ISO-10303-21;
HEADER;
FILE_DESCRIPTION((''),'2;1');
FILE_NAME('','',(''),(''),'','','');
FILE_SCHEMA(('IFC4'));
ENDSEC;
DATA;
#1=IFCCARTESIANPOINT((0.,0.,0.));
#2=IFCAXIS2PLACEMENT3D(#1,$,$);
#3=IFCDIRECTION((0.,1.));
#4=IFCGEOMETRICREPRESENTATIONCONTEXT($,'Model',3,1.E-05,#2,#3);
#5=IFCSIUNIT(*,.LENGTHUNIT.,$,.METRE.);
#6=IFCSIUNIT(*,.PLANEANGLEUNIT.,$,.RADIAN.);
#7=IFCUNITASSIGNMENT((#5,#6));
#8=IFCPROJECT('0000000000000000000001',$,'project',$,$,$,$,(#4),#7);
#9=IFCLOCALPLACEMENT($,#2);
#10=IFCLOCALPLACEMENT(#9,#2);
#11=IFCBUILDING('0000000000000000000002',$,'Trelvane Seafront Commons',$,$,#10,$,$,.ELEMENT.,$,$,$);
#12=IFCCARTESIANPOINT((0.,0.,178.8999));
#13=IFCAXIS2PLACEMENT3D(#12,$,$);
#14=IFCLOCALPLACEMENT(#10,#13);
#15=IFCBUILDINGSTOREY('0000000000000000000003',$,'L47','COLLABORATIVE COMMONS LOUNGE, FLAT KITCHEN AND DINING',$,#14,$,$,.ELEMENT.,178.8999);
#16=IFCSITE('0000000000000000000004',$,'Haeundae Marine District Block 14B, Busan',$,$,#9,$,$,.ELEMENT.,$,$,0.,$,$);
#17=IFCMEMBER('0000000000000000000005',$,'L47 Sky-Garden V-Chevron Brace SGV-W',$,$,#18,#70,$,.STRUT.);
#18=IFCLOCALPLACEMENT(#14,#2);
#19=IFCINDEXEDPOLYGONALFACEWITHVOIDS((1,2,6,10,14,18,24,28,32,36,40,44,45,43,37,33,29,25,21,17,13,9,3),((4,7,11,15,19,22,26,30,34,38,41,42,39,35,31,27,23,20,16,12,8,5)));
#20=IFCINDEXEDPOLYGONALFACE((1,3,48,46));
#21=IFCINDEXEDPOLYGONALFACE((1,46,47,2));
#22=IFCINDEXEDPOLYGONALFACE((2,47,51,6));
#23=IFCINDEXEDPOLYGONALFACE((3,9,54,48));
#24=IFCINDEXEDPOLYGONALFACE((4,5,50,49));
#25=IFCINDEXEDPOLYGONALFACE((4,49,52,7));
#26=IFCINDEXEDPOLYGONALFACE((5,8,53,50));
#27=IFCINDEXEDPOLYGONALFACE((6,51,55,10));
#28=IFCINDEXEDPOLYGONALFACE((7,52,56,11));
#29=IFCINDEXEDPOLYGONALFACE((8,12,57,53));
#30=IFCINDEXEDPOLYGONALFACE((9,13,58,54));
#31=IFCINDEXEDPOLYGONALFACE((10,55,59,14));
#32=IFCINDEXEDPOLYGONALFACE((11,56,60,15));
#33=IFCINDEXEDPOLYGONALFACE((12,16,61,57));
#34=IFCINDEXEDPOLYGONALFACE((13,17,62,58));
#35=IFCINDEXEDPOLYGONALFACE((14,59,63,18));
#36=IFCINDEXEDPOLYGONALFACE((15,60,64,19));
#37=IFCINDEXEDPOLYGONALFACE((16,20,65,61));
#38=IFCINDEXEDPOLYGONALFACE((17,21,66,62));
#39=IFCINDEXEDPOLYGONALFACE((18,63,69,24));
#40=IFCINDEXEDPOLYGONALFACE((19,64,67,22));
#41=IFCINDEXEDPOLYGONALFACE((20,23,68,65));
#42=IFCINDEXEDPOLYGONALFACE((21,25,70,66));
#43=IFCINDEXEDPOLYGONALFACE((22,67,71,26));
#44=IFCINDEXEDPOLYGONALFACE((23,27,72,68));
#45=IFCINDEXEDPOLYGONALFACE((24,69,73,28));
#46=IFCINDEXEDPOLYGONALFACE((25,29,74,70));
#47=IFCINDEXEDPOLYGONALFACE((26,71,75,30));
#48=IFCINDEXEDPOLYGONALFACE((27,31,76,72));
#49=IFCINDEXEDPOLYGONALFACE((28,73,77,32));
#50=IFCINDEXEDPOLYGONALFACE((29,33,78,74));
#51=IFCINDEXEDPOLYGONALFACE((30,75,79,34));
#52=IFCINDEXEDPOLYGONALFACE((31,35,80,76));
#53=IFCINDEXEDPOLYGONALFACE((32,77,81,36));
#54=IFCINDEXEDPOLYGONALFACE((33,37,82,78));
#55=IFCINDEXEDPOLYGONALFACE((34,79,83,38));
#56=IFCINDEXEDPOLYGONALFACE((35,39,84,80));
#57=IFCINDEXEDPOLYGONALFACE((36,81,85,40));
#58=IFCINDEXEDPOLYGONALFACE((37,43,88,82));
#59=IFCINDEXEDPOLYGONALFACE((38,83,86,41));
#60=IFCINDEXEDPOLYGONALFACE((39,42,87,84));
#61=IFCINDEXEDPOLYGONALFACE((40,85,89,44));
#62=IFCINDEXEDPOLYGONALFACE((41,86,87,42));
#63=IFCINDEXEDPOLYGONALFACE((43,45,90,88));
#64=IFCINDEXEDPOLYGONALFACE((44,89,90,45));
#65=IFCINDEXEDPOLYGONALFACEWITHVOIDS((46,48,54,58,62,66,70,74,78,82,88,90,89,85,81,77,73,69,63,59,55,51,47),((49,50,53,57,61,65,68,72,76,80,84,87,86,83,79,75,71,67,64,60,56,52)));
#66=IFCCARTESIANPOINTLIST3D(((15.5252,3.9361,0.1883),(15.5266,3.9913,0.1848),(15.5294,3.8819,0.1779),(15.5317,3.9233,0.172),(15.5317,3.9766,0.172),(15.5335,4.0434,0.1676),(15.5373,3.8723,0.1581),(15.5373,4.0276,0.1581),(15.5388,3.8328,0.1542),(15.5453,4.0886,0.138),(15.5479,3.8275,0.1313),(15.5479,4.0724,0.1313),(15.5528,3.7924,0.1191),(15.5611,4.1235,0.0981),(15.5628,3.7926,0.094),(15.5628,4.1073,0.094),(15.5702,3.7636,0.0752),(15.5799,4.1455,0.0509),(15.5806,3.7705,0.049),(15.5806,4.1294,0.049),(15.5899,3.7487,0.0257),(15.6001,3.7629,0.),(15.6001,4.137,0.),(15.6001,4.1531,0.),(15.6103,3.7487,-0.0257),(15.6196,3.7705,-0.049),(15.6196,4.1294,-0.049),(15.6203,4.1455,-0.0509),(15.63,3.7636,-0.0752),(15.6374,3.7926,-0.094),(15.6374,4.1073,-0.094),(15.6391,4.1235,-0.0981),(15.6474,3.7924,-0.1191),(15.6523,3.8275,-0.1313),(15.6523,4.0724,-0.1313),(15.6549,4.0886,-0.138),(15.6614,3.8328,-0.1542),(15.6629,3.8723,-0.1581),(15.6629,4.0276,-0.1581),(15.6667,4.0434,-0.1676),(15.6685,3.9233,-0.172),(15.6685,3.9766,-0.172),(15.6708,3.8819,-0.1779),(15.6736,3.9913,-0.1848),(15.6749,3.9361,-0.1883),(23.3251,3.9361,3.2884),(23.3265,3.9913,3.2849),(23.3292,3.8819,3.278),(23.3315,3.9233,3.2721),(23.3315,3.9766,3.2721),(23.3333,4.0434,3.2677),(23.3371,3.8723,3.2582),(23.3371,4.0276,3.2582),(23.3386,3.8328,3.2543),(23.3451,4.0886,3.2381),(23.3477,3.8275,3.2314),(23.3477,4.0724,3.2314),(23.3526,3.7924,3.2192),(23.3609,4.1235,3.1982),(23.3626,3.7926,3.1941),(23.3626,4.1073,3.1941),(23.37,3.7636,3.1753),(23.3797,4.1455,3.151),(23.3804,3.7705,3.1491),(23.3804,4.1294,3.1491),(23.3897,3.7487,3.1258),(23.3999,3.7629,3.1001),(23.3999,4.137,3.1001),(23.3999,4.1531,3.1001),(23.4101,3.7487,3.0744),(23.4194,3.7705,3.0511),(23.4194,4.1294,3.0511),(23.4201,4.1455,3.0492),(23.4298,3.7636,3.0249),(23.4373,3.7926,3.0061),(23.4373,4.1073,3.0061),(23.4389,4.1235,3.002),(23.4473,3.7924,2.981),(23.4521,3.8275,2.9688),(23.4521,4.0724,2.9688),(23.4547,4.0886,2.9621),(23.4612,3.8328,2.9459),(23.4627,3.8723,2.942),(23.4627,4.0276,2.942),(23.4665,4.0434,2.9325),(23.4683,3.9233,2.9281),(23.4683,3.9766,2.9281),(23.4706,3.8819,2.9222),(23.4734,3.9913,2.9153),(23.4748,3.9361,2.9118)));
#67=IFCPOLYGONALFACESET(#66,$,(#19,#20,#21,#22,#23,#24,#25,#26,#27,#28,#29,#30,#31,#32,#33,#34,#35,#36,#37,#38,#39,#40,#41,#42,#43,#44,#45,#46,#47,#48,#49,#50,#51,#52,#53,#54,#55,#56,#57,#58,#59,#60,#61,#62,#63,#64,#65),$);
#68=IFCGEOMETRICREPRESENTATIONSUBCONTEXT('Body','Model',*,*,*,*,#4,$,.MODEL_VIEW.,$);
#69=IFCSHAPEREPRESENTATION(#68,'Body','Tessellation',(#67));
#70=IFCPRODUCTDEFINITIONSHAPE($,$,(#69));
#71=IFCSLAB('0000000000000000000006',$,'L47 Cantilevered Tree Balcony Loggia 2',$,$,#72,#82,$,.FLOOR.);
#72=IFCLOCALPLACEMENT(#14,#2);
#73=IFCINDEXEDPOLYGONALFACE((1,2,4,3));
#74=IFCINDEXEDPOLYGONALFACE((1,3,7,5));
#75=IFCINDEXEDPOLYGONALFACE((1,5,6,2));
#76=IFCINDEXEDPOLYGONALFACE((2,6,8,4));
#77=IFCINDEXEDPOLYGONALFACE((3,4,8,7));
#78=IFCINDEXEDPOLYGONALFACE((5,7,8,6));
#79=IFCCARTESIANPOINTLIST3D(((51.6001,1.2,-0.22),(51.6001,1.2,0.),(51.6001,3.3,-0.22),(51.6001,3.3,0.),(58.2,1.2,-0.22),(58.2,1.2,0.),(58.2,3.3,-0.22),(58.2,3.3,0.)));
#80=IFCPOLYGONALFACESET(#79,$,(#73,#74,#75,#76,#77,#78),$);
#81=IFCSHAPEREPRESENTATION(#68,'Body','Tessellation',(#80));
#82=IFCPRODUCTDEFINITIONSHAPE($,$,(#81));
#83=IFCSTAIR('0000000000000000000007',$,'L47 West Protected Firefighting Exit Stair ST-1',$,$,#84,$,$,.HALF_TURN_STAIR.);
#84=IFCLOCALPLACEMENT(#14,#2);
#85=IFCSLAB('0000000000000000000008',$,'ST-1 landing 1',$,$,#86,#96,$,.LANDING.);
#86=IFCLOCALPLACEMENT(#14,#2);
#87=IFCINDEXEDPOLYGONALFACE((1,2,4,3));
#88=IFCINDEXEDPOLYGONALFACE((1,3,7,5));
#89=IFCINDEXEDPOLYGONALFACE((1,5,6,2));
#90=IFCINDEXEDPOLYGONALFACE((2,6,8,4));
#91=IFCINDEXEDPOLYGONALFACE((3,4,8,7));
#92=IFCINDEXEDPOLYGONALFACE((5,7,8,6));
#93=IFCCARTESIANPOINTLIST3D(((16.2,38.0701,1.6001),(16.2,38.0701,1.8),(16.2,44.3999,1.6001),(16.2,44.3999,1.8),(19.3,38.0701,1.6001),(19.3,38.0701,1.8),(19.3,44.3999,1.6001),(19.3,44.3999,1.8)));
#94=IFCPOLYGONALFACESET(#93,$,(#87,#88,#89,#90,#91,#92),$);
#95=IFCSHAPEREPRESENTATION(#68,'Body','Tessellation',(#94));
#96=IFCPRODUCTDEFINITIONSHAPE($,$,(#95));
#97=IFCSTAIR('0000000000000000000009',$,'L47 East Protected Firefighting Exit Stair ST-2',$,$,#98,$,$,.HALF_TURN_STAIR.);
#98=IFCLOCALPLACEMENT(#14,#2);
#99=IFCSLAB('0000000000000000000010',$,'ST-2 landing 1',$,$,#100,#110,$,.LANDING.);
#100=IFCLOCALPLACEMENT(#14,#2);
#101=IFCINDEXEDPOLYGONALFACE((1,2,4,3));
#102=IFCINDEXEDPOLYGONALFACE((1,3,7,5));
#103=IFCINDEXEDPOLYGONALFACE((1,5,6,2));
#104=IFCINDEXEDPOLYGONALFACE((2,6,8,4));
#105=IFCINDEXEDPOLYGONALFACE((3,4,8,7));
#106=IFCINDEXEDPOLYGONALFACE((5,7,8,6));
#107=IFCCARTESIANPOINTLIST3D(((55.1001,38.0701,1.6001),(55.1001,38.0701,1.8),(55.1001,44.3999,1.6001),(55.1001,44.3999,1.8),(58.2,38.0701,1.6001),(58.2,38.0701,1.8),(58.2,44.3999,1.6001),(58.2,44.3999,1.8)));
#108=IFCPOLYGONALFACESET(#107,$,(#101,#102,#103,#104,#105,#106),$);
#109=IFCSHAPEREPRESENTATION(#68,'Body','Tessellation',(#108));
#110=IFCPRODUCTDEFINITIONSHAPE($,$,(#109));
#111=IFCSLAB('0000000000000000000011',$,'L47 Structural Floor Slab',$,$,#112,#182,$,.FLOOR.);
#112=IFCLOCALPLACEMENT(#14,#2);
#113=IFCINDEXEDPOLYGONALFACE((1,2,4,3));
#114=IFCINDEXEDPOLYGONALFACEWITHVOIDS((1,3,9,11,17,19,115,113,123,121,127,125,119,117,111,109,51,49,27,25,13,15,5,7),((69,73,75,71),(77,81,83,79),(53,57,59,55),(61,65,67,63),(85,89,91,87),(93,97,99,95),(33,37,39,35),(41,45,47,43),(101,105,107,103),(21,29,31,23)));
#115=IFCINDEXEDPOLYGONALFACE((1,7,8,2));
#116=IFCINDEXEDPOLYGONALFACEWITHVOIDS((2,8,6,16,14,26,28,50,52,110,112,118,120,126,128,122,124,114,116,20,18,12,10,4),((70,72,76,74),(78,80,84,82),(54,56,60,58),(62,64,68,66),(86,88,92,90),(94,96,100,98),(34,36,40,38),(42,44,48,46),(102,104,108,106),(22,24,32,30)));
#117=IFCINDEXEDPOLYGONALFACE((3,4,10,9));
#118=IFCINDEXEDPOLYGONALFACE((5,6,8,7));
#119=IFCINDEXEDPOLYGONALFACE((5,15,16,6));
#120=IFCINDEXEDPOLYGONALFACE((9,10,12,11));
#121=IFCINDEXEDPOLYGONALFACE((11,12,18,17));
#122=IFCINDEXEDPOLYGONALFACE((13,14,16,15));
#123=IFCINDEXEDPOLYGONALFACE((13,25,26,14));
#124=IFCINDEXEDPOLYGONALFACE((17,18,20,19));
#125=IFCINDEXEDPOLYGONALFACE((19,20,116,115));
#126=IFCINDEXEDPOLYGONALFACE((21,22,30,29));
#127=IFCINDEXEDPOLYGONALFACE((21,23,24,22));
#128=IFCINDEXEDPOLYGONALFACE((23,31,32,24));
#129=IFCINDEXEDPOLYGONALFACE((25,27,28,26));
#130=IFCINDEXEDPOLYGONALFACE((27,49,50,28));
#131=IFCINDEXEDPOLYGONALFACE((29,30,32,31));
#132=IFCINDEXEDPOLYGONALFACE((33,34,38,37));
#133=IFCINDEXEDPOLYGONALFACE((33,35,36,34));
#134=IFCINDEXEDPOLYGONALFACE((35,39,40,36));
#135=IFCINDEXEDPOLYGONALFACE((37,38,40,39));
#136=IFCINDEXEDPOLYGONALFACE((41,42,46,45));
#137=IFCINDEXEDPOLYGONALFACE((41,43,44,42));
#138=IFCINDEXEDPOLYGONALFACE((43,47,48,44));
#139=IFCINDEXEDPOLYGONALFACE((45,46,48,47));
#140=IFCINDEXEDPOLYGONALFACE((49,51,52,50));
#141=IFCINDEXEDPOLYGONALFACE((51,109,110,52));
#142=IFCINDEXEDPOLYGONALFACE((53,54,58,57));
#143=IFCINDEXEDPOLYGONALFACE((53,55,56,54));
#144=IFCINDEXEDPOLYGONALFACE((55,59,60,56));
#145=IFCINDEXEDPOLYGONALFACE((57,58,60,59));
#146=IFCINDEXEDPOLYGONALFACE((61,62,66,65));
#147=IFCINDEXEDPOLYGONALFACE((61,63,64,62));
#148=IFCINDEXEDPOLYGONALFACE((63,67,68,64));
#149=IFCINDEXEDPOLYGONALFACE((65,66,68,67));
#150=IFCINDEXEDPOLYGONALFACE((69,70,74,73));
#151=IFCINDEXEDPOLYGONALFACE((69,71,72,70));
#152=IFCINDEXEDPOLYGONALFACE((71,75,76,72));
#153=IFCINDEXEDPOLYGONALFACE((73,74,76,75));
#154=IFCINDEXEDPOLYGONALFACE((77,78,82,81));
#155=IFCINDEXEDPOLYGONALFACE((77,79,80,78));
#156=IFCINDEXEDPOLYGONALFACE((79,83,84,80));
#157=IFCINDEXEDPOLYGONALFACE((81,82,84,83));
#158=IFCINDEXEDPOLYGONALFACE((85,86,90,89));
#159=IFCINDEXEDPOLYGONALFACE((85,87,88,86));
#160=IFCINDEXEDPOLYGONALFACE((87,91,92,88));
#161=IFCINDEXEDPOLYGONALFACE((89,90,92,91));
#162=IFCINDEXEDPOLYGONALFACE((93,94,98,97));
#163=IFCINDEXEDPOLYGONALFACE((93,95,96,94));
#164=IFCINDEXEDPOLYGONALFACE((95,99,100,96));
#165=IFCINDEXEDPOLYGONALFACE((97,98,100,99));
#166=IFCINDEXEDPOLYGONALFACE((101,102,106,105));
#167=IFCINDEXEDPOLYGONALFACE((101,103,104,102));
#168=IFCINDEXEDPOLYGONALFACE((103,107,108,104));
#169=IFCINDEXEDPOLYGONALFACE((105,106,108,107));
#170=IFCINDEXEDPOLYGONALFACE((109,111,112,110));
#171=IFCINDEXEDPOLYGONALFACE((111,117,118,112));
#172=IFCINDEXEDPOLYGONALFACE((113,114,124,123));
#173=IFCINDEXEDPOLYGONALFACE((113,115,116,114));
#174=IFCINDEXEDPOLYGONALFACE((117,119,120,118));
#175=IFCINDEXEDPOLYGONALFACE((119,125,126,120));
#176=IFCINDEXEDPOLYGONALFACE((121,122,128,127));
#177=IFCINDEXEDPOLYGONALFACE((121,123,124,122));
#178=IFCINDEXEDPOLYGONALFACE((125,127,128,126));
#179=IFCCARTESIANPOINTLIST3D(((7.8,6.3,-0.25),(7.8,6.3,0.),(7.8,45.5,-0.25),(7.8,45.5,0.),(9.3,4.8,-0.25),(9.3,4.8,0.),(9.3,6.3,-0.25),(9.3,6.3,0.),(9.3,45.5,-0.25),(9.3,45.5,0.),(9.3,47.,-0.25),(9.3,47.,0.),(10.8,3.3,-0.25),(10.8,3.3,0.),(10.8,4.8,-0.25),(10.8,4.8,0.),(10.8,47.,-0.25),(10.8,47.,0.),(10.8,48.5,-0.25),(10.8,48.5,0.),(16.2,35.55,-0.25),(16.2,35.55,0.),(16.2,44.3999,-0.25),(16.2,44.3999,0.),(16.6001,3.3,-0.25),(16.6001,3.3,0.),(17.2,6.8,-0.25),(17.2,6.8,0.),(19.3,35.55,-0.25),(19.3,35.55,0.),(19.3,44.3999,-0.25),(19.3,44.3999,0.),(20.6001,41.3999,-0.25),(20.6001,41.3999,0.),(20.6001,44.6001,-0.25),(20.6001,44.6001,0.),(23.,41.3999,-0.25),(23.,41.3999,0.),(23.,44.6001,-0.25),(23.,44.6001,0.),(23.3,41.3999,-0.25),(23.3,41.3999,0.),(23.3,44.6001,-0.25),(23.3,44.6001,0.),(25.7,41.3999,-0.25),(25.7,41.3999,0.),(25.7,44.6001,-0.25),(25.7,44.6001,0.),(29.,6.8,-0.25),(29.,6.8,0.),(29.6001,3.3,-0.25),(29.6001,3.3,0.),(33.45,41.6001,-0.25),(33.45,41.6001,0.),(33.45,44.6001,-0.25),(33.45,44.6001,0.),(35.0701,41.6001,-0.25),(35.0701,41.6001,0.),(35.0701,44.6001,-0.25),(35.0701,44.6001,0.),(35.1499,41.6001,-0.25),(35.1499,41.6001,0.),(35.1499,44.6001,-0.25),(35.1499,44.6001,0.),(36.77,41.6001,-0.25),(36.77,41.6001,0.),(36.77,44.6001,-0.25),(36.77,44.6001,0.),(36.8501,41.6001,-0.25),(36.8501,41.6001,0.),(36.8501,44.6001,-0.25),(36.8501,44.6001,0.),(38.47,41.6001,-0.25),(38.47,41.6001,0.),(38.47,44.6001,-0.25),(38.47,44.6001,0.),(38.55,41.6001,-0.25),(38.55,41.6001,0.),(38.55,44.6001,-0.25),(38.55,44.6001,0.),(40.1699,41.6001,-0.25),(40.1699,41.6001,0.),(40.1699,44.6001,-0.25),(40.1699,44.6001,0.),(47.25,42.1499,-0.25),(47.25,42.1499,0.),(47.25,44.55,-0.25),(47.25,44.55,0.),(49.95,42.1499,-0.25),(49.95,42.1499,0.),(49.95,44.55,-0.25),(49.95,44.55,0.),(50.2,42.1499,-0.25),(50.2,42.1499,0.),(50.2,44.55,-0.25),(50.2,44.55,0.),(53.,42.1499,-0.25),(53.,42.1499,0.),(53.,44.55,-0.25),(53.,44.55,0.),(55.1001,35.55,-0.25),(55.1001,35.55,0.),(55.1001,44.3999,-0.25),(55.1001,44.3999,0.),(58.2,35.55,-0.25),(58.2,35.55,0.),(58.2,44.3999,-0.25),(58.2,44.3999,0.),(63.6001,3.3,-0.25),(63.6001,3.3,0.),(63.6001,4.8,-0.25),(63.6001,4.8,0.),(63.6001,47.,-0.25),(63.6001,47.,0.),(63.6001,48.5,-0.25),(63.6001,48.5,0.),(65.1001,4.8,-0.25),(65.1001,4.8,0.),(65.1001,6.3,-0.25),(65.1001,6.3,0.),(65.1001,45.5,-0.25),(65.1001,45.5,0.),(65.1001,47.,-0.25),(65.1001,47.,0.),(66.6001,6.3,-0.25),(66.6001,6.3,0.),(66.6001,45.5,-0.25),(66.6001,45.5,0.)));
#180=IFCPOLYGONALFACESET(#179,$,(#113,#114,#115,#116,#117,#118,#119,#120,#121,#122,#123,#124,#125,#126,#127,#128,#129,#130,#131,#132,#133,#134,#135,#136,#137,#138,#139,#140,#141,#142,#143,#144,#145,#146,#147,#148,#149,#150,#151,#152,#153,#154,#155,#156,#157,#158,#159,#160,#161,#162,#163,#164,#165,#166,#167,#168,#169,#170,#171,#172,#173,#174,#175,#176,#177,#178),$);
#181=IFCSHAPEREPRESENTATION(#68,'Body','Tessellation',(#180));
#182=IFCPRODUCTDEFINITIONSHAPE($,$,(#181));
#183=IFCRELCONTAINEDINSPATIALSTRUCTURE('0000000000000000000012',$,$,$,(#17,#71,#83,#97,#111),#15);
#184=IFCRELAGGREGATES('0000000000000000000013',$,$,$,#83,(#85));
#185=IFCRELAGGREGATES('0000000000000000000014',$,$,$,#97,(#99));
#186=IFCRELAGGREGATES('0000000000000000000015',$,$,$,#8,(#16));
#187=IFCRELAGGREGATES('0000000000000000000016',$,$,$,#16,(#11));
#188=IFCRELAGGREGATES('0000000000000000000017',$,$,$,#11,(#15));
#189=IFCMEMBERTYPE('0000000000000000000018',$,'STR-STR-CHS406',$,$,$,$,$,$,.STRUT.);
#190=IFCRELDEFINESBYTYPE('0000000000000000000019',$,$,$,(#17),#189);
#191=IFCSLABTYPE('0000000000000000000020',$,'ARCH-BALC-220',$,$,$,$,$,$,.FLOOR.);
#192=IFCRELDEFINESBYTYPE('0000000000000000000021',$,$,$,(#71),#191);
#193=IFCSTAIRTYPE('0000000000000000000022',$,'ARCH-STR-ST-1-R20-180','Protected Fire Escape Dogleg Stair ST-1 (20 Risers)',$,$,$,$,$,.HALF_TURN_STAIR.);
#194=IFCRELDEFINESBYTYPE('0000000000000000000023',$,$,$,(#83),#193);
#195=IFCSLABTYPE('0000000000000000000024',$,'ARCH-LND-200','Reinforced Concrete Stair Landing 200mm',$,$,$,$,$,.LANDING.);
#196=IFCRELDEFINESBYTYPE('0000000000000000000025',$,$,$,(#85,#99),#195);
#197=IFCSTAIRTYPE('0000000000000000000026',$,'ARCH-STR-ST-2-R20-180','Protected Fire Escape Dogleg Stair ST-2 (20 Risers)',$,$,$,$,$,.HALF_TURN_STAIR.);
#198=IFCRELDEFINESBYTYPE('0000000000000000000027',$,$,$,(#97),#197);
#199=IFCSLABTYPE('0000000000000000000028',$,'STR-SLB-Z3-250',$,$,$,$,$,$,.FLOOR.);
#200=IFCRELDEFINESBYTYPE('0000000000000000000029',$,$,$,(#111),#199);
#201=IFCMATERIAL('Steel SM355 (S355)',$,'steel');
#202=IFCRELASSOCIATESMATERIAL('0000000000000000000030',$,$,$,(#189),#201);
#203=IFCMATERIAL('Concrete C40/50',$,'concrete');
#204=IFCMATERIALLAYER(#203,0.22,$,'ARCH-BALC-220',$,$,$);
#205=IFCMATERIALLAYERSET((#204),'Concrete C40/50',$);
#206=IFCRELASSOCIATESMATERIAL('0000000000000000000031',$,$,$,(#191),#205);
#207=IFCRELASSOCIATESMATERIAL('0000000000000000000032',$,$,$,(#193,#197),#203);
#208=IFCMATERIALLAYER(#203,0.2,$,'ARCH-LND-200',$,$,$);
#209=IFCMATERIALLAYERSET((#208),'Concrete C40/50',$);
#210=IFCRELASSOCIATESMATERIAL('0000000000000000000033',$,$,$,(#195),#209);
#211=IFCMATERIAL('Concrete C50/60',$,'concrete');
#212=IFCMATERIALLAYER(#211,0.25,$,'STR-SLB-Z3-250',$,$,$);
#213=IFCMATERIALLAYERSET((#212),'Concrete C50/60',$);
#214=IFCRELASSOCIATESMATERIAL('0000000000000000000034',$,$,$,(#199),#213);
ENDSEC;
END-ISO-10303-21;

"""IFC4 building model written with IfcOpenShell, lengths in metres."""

from ifc_helpers import new_model, si_unit, direction, frame, origin, origin_2d, place, context, subcontext, project, spatial, polyline, hollow_circle, outline, extrude, source, transform, mapped, material, layer, layer_set, material_profile, profile_set, type_object, element, aggregate, save


model = new_model("IFC4")

# Units and contexts
model_context = context("Model", 3, precision=1e-05, world=origin(), true_north=direction((0.0, 1.0)))
body_context = subcontext(model_context, "Body", "Model", "MODEL_VIEW")
ifc_project = project(units=[si_unit("LENGTHUNIT", "METRE"), si_unit("PLANEANGLEUNIT", "RADIAN")], contexts=[model_context])

# Site, building, storey
site_placement = place(None, origin())
site = spatial("IfcSite", under=ifc_project, at=site_placement, Name="Haeundae Marine District Block 14B, Busan", CompositionType="ELEMENT", RefElevation=0.0)
building_placement = place(site_placement, origin())
building = spatial("IfcBuilding", under=site, at=building_placement, Name="Trelvane Seafront Commons", CompositionType="ELEMENT")
storey_placement = place(building_placement, frame((0.0, 0.0, 178.8999)))
storey = spatial("IfcBuildingStorey", under=building, at=storey_placement, Name="L47", Description="COLLABORATIVE COMMONS LOUNGE, FLAT KITCHEN AND DINING", CompositionType="ELEMENT", Elevation=178.8999)

# Shared definitions
ifc_material_1 = material(Name="Steel SM355 (S355)", Category="steel")

# Member
ifc_material_profile_1 = material_profile(ifc_material_1, hollow_circle(Radius=0.2031, WallThickness=0.0161, at=origin_2d()), Name="CHS-406.4x16")
ifc_profile_set_1 = profile_set([ifc_material_profile_1], Name="Steel SM355 (S355)")
member_type = type_object("IfcMemberType", Name="STR-STR-CHS406", PredefinedType="STRUT", material=ifc_profile_set_1)
shared_shape_1 = source(origin(), body_context, "Body", "SweptSolid", [
    extrude(hollow_circle(Radius=0.2031, WallThickness=0.0161, at=origin_2d()), origin(), (0.0, 0.0, 1.0), 8.3933),
])
member_placement = place(storey_placement, frame((15.6001, 3.95, 0.0), z_axis=(0.929289, 0.0, 0.369354), x_axis=(0.0, 1.0, 0.0)))
element("IfcMember", 1, at=member_placement, inside=storey, type_object=member_type, Name="L47 Sky-Garden V-Chevron Brace SGV-W", PredefinedType="STRUT", context=body_context, shape_type="MappedRepresentation", body=[
    mapped(shared_shape_1, transform((0.0, 0.0, 0.0), x_axis=(1.0, 0.0, 0.0), y_axis=(0.0, 1.0, 0.0), z_axis=(0.0, 0.0, 1.0), scale=1.0)),
])

# Slab
ifc_material_2 = material(Name="Concrete C40/50", Category="concrete")
ifc_layer_1 = layer(ifc_material_2, 0.22, Name="ARCH-BALC-220")
ifc_layer_set_1 = layer_set([ifc_layer_1], Name="Concrete C40/50")
slab_type_1 = type_object("IfcSlabType", Name="ARCH-BALC-220", PredefinedType="FLOOR", material=ifc_layer_set_1)
slab_1_placement = place(storey_placement, frame((0.0, 0.0, -0.22)))
element("IfcSlab", 2, at=slab_1_placement, inside=storey, type_object=slab_type_1, Name="L47 Cantilevered Tree Balcony Loggia 2", PredefinedType="FLOOR", context=body_context, shape_type="SweptSolid", body=[
    extrude(outline(polyline([(51.6001, 1.2), (58.2, 1.2), (58.2, 3.3), (51.6001, 3.3), (51.6001, 1.2)])), origin(), (0.0, 0.0, 1.0), 0.22),
])

# Stairs, slabs
stair_type_1 = type_object("IfcStairType", Name="ARCH-STR-ST-1-R20-180", Description="Protected Fire Escape Dogleg Stair ST-1 (20 Risers)", PredefinedType="HALF_TURN_STAIR", material=ifc_material_2)
stair_1_placement = place(storey_placement, origin())
stair_1 = element("IfcStair", 3, at=stair_1_placement, inside=storey, type_object=stair_type_1, Name="L47 West Protected Firefighting Exit Stair ST-1", PredefinedType="HALF_TURN_STAIR")
ifc_layer_2 = layer(ifc_material_2, 0.2, Name="ARCH-LND-200")
ifc_layer_set_2 = layer_set([ifc_layer_2], Name="Concrete C40/50")
slab_type_2 = type_object("IfcSlabType", Name="ARCH-LND-200", Description="Reinforced Concrete Stair Landing 200mm", PredefinedType="LANDING", material=ifc_layer_set_2)
slab_2_placement = place(storey_placement, frame((0.0, 0.0, 1.6001)))
slab_2 = element("IfcSlab", 4, at=slab_2_placement, type_object=slab_type_2, Name="ST-1 landing 1", PredefinedType="LANDING", context=body_context, shape_type="SweptSolid", body=[
    extrude(outline(polyline([(19.3, 38.0701), (19.3, 44.3999), (16.2, 44.3999), (16.2, 38.0701), (19.3, 38.0701)])), origin(), (0.0, 0.0, 1.0), 0.2),
])
aggregate(stair_1, [slab_2])
stair_type_2 = type_object("IfcStairType", Name="ARCH-STR-ST-2-R20-180", Description="Protected Fire Escape Dogleg Stair ST-2 (20 Risers)", PredefinedType="HALF_TURN_STAIR", material=ifc_material_2)
stair_2_placement = place(storey_placement, origin())
stair_2 = element("IfcStair", 5, at=stair_2_placement, inside=storey, type_object=stair_type_2, Name="L47 East Protected Firefighting Exit Stair ST-2", PredefinedType="HALF_TURN_STAIR")
slab_3_placement = place(storey_placement, frame((0.0, 0.0, 1.6001)))
slab_3 = element("IfcSlab", 6, at=slab_3_placement, type_object=slab_type_2, Name="ST-2 landing 1", PredefinedType="LANDING", context=body_context, shape_type="SweptSolid", body=[
    extrude(outline(polyline([(58.2, 38.0701), (58.2, 44.3999), (55.1001, 44.3999), (55.1001, 38.0701), (58.2, 38.0701)])), origin(), (0.0, 0.0, 1.0), 0.2),
])
aggregate(stair_2, [slab_3])

# Slab
ifc_material_3 = material(Name="Concrete C50/60", Category="concrete")
ifc_layer_3 = layer(ifc_material_3, 0.25, Name="STR-SLB-Z3-250")
ifc_layer_set_3 = layer_set([ifc_layer_3], Name="Concrete C50/60")
slab_type_3 = type_object("IfcSlabType", Name="STR-SLB-Z3-250", PredefinedType="FLOOR", material=ifc_layer_set_3)
slab_4_placement = place(storey_placement, frame((0.0, 0.0, -0.25)))
element("IfcSlab", 7, at=slab_4_placement, inside=storey, type_object=slab_type_3, Name="L47 Structural Floor Slab", PredefinedType="FLOOR", context=body_context, shape_type="SweptSolid", body=[
    extrude(outline(polyline([(10.8, 3.3), (16.6001, 3.3), (17.2, 6.8), (29.0, 6.8), (29.6001, 3.3), (63.6001, 3.3), (63.6001, 4.8), (65.1001, 4.8), (65.1001, 6.3), (66.6001, 6.3), (66.6001, 45.5), (65.1001, 45.5), (65.1001, 47.0), (63.6001, 47.0), (63.6001, 48.5), (10.8, 48.5), (10.8, 47.0), (9.3, 47.0), (9.3, 45.5), (7.8, 45.5), (7.8, 6.3), (9.3, 6.3), (9.3, 4.8), (10.8, 4.8), (10.8, 3.3)]), holes=[polyline([(19.3, 35.55), (16.2, 35.55), (16.2, 44.3999), (19.3, 44.3999), (19.3, 35.55)]), polyline([(58.2, 35.55), (55.1001, 35.55), (55.1001, 44.3999), (58.2, 44.3999), (58.2, 35.55)]), polyline([(23.0, 41.3999), (20.6001, 41.3999), (20.6001, 44.6001), (23.0, 44.6001), (23.0, 41.3999)]), polyline([(23.3, 41.3999), (23.3, 44.6001), (25.7, 44.6001), (25.7, 41.3999), (23.3, 41.3999)]), polyline([(33.45, 41.6001), (33.45, 44.6001), (35.0701, 44.6001), (35.0701, 41.6001), (33.45, 41.6001)]), polyline([(36.77, 41.6001), (35.1499, 41.6001), (35.1499, 44.6001), (36.77, 44.6001), (36.77, 41.6001)]), polyline([(38.47, 41.6001), (36.8501, 41.6001), (36.8501, 44.6001), (38.47, 44.6001), (38.47, 41.6001)]), polyline([(40.1699, 41.6001), (38.55, 41.6001), (38.55, 44.6001), (40.1699, 44.6001), (40.1699, 41.6001)]), polyline([(47.25, 42.1499), (47.25, 44.55), (49.95, 44.55), (49.95, 42.1499), (47.25, 42.1499)]), polyline([(50.2, 42.1499), (50.2, 44.55), (53.0, 44.55), (53.0, 42.1499), (50.2, 42.1499)])]), origin(), (0.0, 0.0, 1.0), 0.25),
])

save(model, "model.ifc")
